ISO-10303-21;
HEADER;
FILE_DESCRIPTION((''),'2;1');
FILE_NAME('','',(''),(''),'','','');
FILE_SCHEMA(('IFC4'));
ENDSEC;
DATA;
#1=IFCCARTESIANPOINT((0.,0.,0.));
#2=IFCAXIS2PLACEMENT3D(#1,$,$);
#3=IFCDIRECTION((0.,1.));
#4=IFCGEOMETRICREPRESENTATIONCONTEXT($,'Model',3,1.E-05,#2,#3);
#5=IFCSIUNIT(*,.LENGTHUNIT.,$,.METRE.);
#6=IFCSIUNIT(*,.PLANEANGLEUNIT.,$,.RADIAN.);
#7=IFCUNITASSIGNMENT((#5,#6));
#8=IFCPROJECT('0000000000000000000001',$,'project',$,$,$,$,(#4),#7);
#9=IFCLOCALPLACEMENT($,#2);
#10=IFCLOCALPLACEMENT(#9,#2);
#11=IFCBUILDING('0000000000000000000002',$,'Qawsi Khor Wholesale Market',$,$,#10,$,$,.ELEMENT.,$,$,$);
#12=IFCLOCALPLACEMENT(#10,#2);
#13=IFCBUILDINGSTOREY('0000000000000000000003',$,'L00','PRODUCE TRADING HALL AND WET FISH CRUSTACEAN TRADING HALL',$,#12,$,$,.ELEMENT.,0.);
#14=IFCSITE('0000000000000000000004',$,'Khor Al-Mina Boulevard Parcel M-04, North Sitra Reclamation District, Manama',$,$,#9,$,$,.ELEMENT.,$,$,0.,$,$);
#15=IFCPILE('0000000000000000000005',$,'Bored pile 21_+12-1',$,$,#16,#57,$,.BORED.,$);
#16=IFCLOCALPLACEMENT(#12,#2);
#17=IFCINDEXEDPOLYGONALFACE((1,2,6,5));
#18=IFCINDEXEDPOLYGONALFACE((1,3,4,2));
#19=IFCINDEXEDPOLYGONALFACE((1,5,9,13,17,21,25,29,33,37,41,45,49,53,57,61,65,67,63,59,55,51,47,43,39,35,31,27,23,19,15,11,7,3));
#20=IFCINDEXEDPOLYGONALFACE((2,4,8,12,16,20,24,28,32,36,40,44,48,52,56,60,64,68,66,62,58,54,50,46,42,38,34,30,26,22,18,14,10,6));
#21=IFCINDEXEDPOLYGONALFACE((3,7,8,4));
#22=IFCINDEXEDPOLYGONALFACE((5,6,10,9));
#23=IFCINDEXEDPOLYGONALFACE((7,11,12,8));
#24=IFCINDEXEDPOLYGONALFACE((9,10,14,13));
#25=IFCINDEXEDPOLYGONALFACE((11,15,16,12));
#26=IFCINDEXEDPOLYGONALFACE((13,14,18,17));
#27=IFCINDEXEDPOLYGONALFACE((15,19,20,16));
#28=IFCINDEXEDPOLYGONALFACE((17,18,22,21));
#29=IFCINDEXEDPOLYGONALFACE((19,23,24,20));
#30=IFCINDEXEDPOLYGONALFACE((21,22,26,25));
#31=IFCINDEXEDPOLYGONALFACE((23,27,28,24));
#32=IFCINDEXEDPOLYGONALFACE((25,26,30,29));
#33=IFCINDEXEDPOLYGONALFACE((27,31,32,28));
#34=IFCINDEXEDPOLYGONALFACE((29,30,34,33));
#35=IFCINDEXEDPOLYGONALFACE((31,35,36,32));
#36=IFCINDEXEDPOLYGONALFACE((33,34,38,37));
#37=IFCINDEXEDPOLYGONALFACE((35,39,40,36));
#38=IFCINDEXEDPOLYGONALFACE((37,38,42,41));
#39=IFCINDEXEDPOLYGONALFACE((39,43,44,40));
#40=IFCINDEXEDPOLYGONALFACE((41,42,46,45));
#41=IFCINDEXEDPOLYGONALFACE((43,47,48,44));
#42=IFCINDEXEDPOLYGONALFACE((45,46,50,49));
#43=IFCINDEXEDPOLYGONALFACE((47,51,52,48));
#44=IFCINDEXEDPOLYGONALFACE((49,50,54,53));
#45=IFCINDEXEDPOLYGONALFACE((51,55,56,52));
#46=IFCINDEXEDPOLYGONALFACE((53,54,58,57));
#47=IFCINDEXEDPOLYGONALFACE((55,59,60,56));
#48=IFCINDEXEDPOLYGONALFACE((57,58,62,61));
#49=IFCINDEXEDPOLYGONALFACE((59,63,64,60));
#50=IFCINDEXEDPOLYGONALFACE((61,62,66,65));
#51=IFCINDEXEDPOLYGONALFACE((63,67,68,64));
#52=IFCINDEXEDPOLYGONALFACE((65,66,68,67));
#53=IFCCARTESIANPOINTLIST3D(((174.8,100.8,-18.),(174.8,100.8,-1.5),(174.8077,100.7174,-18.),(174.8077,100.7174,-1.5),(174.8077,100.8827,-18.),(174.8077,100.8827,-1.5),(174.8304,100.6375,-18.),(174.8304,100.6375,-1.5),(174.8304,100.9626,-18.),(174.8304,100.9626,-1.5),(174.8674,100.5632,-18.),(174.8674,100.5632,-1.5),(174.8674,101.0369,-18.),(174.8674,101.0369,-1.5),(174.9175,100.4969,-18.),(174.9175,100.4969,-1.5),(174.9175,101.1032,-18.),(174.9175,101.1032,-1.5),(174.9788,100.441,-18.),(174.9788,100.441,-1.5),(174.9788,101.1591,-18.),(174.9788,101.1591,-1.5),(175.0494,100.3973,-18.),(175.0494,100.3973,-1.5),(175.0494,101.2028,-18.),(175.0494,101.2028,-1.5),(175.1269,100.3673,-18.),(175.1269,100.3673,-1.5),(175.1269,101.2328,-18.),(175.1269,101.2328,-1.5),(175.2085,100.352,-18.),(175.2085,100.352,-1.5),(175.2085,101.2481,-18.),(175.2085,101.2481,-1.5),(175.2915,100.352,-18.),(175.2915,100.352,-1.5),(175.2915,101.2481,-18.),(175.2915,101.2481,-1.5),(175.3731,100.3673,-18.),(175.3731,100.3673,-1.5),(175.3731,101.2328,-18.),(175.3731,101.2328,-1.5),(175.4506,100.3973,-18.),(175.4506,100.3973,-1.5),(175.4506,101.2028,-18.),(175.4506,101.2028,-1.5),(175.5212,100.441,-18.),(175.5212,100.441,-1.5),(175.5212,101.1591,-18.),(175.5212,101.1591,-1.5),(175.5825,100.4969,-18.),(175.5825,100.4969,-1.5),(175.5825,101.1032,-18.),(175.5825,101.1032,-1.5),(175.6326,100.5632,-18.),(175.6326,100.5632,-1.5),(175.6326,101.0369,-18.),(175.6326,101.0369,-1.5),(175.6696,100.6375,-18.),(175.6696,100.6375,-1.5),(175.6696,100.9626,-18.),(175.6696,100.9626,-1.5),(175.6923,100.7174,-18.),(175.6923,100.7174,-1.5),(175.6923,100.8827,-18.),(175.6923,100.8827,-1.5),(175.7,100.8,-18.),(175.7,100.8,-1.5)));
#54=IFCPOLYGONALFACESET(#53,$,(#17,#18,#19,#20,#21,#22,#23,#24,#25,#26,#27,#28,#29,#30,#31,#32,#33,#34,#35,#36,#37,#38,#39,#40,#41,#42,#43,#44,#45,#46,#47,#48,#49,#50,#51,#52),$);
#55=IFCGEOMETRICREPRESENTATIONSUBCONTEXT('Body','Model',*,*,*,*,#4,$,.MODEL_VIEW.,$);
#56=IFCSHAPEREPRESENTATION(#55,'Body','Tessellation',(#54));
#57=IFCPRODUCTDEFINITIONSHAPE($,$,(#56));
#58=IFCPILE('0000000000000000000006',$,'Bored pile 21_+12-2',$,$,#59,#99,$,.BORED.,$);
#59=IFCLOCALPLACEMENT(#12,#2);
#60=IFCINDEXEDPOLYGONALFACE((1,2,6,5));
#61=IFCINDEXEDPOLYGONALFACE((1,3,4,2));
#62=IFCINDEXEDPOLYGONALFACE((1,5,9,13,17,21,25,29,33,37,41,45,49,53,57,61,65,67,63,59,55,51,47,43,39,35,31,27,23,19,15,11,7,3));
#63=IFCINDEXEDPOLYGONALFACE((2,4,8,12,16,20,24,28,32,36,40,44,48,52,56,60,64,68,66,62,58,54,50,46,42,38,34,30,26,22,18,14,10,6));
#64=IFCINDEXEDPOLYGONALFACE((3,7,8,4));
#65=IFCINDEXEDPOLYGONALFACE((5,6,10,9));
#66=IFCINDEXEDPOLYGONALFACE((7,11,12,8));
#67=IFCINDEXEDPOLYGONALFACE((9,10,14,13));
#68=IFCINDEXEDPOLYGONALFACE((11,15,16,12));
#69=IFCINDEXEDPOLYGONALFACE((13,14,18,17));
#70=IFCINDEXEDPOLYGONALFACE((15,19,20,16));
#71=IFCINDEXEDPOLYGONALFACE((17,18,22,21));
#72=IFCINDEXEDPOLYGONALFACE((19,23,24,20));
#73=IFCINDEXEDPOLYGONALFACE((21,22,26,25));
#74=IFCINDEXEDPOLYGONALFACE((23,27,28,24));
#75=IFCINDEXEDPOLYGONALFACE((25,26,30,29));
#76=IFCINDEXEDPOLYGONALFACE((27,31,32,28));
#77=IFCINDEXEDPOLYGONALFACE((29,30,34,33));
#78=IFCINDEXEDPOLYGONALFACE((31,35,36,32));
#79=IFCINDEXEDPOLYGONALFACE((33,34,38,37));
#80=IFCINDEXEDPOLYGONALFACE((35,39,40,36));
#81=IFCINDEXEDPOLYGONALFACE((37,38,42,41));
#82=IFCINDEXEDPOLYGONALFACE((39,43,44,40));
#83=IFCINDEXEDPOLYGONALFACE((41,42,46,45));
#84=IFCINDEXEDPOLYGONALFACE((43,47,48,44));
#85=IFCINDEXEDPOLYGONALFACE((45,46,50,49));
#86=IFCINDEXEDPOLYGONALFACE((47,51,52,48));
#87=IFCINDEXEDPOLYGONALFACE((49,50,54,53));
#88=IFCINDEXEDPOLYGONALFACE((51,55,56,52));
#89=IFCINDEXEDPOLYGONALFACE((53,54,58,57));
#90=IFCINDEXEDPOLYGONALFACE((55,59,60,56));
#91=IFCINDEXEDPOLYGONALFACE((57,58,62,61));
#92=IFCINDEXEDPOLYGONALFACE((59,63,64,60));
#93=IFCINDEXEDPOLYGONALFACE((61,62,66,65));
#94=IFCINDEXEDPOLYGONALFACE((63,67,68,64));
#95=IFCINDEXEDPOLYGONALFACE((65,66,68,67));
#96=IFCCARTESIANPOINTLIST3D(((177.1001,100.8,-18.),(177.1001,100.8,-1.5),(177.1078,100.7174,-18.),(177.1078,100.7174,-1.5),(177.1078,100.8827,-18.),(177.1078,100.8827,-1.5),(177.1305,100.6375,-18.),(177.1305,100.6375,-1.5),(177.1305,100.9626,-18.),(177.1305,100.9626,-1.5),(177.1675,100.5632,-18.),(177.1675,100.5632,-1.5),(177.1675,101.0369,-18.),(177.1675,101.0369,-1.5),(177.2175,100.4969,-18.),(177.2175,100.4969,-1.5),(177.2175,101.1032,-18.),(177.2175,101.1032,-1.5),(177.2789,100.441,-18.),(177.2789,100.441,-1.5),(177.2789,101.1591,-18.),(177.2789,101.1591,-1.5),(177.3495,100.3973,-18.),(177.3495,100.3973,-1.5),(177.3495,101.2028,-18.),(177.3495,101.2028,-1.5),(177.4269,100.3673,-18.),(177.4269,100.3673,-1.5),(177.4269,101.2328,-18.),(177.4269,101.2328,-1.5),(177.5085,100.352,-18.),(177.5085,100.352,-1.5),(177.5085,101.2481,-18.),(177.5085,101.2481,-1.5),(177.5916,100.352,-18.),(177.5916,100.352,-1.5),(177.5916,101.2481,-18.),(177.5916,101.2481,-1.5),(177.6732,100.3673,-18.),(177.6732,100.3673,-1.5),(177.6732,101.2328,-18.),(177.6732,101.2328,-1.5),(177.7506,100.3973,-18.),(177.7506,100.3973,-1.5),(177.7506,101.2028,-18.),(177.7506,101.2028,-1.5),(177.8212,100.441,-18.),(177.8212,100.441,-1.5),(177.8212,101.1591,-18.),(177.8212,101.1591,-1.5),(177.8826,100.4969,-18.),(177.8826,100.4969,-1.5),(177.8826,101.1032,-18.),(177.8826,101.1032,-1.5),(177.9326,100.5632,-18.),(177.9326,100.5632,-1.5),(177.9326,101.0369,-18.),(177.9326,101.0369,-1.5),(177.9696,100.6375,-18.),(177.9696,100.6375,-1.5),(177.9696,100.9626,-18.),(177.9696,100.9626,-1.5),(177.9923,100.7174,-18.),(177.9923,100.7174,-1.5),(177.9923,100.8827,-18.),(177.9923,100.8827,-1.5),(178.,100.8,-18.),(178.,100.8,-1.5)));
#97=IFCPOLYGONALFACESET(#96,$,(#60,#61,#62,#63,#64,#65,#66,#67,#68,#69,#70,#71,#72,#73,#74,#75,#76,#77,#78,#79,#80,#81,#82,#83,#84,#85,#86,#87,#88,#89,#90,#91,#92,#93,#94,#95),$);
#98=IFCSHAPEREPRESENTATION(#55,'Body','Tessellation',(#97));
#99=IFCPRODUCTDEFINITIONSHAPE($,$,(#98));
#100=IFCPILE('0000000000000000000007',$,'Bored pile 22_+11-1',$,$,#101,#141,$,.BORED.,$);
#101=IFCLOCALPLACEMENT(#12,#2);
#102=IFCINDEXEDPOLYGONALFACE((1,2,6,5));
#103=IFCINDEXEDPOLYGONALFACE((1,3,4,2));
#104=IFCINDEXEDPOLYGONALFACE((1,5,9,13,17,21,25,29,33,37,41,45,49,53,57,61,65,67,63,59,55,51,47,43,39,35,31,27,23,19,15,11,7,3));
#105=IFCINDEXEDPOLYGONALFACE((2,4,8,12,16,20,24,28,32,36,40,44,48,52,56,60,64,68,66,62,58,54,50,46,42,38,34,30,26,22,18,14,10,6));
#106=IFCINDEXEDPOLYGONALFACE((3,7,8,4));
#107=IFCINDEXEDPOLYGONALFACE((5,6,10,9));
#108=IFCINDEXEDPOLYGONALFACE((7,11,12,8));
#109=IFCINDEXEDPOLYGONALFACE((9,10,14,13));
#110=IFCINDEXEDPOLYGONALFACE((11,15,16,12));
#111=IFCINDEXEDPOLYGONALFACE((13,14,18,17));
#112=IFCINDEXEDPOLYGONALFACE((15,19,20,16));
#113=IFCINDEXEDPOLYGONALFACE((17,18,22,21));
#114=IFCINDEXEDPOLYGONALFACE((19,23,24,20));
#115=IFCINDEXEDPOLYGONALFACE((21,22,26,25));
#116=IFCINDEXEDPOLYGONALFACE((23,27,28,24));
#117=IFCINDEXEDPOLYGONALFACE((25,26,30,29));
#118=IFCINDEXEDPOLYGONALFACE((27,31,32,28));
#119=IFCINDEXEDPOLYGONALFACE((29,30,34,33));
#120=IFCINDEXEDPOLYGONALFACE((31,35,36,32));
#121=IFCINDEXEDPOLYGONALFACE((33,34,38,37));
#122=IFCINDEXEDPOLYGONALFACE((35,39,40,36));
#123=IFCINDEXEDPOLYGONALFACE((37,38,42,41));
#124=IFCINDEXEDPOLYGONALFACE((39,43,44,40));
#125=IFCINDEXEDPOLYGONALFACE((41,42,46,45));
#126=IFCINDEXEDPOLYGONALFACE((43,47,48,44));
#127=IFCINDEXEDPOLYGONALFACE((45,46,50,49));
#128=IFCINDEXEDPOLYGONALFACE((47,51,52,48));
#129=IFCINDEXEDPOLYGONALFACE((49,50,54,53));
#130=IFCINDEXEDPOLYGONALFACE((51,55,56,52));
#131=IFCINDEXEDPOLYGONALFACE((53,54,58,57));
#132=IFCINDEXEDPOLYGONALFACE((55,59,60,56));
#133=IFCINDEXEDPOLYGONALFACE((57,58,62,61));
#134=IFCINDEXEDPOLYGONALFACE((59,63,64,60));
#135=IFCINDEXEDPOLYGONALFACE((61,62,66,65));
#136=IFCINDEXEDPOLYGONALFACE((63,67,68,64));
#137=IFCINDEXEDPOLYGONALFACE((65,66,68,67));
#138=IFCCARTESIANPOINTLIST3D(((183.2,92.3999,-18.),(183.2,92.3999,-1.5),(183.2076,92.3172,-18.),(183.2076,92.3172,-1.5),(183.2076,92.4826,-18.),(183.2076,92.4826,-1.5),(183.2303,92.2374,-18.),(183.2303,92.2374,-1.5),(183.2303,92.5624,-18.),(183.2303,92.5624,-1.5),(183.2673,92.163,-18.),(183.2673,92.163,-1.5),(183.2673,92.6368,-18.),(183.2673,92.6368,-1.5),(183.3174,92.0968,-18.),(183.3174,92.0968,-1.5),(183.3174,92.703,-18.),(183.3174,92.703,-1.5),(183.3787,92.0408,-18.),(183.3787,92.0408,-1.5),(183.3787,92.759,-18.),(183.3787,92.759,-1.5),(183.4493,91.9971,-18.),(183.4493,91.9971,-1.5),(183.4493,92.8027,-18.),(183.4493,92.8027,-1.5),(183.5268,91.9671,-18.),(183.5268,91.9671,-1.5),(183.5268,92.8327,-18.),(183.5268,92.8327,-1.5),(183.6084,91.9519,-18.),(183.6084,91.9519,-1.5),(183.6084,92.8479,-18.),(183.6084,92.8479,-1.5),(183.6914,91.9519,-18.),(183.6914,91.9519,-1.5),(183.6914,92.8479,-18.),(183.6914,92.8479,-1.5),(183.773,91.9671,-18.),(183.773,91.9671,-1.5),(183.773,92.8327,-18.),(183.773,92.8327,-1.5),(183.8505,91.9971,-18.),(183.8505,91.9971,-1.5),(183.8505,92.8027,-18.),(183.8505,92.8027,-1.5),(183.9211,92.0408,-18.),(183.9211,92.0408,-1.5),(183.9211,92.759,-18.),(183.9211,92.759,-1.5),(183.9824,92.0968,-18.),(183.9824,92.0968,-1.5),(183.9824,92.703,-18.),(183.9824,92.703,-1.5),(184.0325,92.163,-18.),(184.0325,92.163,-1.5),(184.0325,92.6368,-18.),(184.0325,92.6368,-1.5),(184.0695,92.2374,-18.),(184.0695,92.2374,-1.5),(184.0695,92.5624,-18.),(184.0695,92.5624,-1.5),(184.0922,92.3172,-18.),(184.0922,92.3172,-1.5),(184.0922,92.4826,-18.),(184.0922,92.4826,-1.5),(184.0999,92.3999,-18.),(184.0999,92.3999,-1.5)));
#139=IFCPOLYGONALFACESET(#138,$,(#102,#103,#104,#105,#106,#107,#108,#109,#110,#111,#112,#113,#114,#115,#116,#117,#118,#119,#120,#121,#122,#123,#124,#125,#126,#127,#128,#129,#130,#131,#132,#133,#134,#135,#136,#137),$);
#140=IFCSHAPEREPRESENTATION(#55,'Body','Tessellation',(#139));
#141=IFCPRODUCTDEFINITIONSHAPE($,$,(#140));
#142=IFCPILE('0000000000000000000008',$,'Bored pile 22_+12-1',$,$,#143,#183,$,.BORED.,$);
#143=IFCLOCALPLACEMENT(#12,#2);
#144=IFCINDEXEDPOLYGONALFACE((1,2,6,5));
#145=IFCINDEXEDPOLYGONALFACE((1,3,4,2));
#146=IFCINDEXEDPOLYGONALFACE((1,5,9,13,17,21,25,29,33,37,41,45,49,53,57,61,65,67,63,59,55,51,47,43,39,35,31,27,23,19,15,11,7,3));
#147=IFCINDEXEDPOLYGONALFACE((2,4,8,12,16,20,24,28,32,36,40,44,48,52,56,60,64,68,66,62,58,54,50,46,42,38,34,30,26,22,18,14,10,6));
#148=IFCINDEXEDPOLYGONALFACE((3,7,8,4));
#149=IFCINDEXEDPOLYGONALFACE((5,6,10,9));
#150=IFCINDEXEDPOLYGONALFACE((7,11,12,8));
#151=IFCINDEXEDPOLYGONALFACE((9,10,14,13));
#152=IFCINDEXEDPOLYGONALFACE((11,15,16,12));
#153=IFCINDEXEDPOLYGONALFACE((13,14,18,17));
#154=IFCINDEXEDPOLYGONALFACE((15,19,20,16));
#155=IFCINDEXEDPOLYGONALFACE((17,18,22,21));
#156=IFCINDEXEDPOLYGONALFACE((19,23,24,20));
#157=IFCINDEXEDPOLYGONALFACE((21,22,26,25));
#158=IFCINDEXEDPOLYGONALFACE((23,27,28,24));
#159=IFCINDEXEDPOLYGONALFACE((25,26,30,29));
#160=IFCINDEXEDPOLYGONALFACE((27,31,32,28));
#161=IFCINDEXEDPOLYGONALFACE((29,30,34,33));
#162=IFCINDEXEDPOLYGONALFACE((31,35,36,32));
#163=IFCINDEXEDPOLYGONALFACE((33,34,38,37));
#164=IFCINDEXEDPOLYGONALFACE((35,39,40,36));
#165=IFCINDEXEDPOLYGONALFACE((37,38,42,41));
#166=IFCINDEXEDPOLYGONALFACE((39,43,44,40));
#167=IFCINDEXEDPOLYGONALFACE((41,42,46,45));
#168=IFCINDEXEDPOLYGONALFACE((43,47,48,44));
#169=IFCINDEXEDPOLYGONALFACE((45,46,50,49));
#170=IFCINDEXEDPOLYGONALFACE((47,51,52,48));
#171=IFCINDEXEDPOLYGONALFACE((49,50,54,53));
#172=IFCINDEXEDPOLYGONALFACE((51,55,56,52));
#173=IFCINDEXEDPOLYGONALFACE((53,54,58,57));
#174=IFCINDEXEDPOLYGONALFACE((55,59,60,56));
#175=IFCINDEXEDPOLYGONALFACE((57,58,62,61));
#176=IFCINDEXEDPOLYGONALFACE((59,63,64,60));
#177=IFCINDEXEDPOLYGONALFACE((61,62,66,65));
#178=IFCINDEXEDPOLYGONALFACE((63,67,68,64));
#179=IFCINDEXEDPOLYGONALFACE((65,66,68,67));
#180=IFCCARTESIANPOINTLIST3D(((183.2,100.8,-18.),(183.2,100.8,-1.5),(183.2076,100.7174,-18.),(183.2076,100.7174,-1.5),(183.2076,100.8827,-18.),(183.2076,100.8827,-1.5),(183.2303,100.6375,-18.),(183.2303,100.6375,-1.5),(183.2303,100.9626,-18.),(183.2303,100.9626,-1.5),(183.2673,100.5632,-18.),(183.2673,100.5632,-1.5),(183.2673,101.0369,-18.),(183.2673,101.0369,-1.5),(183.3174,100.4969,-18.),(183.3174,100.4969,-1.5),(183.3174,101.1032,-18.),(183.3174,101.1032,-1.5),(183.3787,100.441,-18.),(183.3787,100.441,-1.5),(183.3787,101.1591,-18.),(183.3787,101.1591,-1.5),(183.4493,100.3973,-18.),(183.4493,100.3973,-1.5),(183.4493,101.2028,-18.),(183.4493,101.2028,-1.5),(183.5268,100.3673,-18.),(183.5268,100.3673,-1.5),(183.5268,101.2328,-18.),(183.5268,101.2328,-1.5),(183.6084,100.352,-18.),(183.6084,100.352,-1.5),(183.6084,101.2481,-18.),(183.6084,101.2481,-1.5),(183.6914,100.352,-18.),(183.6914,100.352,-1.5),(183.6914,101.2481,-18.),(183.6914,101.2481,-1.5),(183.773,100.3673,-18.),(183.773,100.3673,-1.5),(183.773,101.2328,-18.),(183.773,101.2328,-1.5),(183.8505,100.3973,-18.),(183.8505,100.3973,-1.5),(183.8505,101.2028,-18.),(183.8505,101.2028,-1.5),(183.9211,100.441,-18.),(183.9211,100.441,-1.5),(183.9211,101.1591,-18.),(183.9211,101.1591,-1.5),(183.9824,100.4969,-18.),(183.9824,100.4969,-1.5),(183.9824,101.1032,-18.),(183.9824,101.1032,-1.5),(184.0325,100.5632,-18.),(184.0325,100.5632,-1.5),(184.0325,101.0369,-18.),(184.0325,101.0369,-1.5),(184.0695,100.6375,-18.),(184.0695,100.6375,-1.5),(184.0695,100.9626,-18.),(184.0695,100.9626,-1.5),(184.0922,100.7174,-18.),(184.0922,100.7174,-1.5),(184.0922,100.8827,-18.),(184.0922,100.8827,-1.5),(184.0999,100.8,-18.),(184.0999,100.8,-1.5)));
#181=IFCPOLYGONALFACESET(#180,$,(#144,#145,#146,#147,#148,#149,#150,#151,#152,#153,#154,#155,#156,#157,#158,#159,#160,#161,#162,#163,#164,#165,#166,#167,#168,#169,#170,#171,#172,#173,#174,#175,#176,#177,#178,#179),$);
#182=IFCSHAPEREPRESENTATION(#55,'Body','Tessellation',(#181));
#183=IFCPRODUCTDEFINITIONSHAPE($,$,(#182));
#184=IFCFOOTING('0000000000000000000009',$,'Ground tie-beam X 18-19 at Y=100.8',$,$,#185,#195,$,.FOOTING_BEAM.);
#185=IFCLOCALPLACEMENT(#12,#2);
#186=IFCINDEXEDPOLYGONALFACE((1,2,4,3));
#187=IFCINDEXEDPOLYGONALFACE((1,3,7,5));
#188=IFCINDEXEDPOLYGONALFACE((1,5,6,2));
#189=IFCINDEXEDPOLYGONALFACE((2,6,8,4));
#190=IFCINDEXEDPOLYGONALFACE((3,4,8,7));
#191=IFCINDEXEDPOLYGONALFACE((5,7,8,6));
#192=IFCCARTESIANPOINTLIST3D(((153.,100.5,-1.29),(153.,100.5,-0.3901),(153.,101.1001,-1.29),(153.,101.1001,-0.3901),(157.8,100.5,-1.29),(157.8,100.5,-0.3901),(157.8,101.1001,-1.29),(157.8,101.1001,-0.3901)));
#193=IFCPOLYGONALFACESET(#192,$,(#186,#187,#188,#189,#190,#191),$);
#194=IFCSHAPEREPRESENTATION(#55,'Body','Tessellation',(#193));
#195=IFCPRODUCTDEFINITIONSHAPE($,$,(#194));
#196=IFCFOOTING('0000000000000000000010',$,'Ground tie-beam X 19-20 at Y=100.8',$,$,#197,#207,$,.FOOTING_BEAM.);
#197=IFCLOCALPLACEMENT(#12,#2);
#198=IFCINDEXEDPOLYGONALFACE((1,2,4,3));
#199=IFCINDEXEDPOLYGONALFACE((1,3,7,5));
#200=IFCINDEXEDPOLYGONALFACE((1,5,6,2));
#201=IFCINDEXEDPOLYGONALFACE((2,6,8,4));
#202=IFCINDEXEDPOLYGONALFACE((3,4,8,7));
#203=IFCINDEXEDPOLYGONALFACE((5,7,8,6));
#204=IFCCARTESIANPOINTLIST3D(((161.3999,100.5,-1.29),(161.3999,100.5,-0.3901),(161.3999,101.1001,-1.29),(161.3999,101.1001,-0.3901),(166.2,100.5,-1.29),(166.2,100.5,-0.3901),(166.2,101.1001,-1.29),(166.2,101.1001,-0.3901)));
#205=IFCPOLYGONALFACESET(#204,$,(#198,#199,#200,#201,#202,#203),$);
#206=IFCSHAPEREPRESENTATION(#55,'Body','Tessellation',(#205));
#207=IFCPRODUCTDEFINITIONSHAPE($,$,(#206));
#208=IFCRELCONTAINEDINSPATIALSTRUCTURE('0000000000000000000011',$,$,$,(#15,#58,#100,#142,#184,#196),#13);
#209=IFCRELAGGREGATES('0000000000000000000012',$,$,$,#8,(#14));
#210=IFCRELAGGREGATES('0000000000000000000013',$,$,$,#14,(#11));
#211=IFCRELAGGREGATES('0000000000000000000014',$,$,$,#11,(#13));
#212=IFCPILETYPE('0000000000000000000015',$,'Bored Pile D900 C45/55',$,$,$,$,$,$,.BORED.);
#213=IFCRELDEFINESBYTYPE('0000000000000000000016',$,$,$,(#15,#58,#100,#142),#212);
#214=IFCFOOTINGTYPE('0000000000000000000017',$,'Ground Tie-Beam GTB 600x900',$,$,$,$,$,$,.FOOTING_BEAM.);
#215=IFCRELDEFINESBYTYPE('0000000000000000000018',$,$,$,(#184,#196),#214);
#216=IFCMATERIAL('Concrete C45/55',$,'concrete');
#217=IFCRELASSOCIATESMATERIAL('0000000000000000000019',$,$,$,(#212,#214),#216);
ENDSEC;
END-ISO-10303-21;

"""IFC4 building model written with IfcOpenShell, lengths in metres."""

from ifc_helpers import new_model, si_unit, direction, frame, origin, origin_2d, place, context, subcontext, project, spatial, rectangle, circle, extrude, material, material_profile, profile_set, type_object, element, save


model = new_model("IFC4")

# Units and contexts
model_context = context("Model", 3, precision=1e-05, world=origin(), true_north=direction((0.0, 1.0)))
body_context = subcontext(model_context, "Body", "Model", "MODEL_VIEW")
ifc_project = project(units=[si_unit("LENGTHUNIT", "METRE"), si_unit("PLANEANGLEUNIT", "RADIAN")], contexts=[model_context])

# Site, building, storey
site_placement = place(None, origin())
site = spatial("IfcSite", under=ifc_project, at=site_placement, Name="Khor Al-Mina Boulevard Parcel M-04, North Sitra Reclamation District, Manama", CompositionType="ELEMENT", RefElevation=0.0)
building_placement = place(site_placement, origin())
building = spatial("IfcBuilding", under=site, at=building_placement, Name="Qawsi Khor Wholesale Market", CompositionType="ELEMENT")
storey_placement = place(building_placement, origin())
storey = spatial("IfcBuildingStorey", under=building, at=storey_placement, Name="L00", Description="PRODUCE TRADING HALL AND WET FISH CRUSTACEAN TRADING HALL", CompositionType="ELEMENT", Elevation=0.0)

# Piles
ifc_material_1 = material(Name="Concrete C45/55", Category="concrete")
ifc_material_profile_1 = material_profile(ifc_material_1, circle(Radius=0.45, at=origin_2d()), Name="PILE D900")
ifc_profile_set_1 = profile_set([ifc_material_profile_1], Name="Concrete C45/55")
pile_type_1 = type_object("IfcPileType", Name="Bored Pile D900 C45/55", PredefinedType="BORED", material=ifc_profile_set_1)
for number, where, z_axis, x_axis, name in (
    (1, (175.25, 100.8, -1.5), (0.0, 0.0, -1.0), (1.0, 0.0, 0.0), "Bored pile 21_+12-1"),
    (2, (177.55, 100.8, -1.5), (0.0, 0.0, -1.0), (1.0, 0.0, 0.0), "Bored pile 21_+12-2"),
    (3, (183.6499, 92.3999, -1.5), (0.0, 0.0, -1.0), (1.0, 0.0, 0.0), "Bored pile 22_+11-1"),
    (4, (183.6499, 100.8, -1.5), (0.0, 0.0, -1.0), (1.0, 0.0, 0.0), "Bored pile 22_+12-1"),
):
    element("IfcPile", number, at=place(storey_placement, frame(where, z_axis=z_axis, x_axis=x_axis)), inside=storey, type_object=pile_type_1, Name=name, PredefinedType="BORED", context=body_context, shape_type="SweptSolid", body=[
        extrude(circle(Radius=0.45, at=origin_2d()), origin(), (0.0, 0.0, 1.0), 16.5),
    ])

# Footings
ifc_material_profile_2 = material_profile(ifc_material_1, rectangle(XDim=0.6001, YDim=0.8999, at=origin_2d()), Name="RC 600x900")
ifc_profile_set_2 = profile_set([ifc_material_profile_2], Name="Concrete C45/55")
footing_type_1 = type_object("IfcFootingType", Name="Ground Tie-Beam GTB 600x900", PredefinedType="FOOTING_BEAM", material=ifc_profile_set_2)
for number, where, z_axis, x_axis, name in (
    (5, (153.0, 100.8, -0.8401), (1.0, 0.0, 0.0), (0.0, 1.0, 0.0), "Ground tie-beam X 18-19 at Y=100.8"),
    (6, (161.3999, 100.8, -0.8401), (1.0, 0.0, 0.0), (0.0, 1.0, 0.0), "Ground tie-beam X 19-20 at Y=100.8"),
):
    element("IfcFooting", number, at=place(storey_placement, frame(where, z_axis=z_axis, x_axis=x_axis)), inside=storey, type_object=footing_type_1, Name=name, PredefinedType="FOOTING_BEAM", context=body_context, shape_type="SweptSolid", body=[
        extrude(rectangle(XDim=0.6001, YDim=0.8999, at=origin_2d()), origin(), (0.0, 0.0, 1.0), 4.8),
    ])

save(model, "model.ifc")
